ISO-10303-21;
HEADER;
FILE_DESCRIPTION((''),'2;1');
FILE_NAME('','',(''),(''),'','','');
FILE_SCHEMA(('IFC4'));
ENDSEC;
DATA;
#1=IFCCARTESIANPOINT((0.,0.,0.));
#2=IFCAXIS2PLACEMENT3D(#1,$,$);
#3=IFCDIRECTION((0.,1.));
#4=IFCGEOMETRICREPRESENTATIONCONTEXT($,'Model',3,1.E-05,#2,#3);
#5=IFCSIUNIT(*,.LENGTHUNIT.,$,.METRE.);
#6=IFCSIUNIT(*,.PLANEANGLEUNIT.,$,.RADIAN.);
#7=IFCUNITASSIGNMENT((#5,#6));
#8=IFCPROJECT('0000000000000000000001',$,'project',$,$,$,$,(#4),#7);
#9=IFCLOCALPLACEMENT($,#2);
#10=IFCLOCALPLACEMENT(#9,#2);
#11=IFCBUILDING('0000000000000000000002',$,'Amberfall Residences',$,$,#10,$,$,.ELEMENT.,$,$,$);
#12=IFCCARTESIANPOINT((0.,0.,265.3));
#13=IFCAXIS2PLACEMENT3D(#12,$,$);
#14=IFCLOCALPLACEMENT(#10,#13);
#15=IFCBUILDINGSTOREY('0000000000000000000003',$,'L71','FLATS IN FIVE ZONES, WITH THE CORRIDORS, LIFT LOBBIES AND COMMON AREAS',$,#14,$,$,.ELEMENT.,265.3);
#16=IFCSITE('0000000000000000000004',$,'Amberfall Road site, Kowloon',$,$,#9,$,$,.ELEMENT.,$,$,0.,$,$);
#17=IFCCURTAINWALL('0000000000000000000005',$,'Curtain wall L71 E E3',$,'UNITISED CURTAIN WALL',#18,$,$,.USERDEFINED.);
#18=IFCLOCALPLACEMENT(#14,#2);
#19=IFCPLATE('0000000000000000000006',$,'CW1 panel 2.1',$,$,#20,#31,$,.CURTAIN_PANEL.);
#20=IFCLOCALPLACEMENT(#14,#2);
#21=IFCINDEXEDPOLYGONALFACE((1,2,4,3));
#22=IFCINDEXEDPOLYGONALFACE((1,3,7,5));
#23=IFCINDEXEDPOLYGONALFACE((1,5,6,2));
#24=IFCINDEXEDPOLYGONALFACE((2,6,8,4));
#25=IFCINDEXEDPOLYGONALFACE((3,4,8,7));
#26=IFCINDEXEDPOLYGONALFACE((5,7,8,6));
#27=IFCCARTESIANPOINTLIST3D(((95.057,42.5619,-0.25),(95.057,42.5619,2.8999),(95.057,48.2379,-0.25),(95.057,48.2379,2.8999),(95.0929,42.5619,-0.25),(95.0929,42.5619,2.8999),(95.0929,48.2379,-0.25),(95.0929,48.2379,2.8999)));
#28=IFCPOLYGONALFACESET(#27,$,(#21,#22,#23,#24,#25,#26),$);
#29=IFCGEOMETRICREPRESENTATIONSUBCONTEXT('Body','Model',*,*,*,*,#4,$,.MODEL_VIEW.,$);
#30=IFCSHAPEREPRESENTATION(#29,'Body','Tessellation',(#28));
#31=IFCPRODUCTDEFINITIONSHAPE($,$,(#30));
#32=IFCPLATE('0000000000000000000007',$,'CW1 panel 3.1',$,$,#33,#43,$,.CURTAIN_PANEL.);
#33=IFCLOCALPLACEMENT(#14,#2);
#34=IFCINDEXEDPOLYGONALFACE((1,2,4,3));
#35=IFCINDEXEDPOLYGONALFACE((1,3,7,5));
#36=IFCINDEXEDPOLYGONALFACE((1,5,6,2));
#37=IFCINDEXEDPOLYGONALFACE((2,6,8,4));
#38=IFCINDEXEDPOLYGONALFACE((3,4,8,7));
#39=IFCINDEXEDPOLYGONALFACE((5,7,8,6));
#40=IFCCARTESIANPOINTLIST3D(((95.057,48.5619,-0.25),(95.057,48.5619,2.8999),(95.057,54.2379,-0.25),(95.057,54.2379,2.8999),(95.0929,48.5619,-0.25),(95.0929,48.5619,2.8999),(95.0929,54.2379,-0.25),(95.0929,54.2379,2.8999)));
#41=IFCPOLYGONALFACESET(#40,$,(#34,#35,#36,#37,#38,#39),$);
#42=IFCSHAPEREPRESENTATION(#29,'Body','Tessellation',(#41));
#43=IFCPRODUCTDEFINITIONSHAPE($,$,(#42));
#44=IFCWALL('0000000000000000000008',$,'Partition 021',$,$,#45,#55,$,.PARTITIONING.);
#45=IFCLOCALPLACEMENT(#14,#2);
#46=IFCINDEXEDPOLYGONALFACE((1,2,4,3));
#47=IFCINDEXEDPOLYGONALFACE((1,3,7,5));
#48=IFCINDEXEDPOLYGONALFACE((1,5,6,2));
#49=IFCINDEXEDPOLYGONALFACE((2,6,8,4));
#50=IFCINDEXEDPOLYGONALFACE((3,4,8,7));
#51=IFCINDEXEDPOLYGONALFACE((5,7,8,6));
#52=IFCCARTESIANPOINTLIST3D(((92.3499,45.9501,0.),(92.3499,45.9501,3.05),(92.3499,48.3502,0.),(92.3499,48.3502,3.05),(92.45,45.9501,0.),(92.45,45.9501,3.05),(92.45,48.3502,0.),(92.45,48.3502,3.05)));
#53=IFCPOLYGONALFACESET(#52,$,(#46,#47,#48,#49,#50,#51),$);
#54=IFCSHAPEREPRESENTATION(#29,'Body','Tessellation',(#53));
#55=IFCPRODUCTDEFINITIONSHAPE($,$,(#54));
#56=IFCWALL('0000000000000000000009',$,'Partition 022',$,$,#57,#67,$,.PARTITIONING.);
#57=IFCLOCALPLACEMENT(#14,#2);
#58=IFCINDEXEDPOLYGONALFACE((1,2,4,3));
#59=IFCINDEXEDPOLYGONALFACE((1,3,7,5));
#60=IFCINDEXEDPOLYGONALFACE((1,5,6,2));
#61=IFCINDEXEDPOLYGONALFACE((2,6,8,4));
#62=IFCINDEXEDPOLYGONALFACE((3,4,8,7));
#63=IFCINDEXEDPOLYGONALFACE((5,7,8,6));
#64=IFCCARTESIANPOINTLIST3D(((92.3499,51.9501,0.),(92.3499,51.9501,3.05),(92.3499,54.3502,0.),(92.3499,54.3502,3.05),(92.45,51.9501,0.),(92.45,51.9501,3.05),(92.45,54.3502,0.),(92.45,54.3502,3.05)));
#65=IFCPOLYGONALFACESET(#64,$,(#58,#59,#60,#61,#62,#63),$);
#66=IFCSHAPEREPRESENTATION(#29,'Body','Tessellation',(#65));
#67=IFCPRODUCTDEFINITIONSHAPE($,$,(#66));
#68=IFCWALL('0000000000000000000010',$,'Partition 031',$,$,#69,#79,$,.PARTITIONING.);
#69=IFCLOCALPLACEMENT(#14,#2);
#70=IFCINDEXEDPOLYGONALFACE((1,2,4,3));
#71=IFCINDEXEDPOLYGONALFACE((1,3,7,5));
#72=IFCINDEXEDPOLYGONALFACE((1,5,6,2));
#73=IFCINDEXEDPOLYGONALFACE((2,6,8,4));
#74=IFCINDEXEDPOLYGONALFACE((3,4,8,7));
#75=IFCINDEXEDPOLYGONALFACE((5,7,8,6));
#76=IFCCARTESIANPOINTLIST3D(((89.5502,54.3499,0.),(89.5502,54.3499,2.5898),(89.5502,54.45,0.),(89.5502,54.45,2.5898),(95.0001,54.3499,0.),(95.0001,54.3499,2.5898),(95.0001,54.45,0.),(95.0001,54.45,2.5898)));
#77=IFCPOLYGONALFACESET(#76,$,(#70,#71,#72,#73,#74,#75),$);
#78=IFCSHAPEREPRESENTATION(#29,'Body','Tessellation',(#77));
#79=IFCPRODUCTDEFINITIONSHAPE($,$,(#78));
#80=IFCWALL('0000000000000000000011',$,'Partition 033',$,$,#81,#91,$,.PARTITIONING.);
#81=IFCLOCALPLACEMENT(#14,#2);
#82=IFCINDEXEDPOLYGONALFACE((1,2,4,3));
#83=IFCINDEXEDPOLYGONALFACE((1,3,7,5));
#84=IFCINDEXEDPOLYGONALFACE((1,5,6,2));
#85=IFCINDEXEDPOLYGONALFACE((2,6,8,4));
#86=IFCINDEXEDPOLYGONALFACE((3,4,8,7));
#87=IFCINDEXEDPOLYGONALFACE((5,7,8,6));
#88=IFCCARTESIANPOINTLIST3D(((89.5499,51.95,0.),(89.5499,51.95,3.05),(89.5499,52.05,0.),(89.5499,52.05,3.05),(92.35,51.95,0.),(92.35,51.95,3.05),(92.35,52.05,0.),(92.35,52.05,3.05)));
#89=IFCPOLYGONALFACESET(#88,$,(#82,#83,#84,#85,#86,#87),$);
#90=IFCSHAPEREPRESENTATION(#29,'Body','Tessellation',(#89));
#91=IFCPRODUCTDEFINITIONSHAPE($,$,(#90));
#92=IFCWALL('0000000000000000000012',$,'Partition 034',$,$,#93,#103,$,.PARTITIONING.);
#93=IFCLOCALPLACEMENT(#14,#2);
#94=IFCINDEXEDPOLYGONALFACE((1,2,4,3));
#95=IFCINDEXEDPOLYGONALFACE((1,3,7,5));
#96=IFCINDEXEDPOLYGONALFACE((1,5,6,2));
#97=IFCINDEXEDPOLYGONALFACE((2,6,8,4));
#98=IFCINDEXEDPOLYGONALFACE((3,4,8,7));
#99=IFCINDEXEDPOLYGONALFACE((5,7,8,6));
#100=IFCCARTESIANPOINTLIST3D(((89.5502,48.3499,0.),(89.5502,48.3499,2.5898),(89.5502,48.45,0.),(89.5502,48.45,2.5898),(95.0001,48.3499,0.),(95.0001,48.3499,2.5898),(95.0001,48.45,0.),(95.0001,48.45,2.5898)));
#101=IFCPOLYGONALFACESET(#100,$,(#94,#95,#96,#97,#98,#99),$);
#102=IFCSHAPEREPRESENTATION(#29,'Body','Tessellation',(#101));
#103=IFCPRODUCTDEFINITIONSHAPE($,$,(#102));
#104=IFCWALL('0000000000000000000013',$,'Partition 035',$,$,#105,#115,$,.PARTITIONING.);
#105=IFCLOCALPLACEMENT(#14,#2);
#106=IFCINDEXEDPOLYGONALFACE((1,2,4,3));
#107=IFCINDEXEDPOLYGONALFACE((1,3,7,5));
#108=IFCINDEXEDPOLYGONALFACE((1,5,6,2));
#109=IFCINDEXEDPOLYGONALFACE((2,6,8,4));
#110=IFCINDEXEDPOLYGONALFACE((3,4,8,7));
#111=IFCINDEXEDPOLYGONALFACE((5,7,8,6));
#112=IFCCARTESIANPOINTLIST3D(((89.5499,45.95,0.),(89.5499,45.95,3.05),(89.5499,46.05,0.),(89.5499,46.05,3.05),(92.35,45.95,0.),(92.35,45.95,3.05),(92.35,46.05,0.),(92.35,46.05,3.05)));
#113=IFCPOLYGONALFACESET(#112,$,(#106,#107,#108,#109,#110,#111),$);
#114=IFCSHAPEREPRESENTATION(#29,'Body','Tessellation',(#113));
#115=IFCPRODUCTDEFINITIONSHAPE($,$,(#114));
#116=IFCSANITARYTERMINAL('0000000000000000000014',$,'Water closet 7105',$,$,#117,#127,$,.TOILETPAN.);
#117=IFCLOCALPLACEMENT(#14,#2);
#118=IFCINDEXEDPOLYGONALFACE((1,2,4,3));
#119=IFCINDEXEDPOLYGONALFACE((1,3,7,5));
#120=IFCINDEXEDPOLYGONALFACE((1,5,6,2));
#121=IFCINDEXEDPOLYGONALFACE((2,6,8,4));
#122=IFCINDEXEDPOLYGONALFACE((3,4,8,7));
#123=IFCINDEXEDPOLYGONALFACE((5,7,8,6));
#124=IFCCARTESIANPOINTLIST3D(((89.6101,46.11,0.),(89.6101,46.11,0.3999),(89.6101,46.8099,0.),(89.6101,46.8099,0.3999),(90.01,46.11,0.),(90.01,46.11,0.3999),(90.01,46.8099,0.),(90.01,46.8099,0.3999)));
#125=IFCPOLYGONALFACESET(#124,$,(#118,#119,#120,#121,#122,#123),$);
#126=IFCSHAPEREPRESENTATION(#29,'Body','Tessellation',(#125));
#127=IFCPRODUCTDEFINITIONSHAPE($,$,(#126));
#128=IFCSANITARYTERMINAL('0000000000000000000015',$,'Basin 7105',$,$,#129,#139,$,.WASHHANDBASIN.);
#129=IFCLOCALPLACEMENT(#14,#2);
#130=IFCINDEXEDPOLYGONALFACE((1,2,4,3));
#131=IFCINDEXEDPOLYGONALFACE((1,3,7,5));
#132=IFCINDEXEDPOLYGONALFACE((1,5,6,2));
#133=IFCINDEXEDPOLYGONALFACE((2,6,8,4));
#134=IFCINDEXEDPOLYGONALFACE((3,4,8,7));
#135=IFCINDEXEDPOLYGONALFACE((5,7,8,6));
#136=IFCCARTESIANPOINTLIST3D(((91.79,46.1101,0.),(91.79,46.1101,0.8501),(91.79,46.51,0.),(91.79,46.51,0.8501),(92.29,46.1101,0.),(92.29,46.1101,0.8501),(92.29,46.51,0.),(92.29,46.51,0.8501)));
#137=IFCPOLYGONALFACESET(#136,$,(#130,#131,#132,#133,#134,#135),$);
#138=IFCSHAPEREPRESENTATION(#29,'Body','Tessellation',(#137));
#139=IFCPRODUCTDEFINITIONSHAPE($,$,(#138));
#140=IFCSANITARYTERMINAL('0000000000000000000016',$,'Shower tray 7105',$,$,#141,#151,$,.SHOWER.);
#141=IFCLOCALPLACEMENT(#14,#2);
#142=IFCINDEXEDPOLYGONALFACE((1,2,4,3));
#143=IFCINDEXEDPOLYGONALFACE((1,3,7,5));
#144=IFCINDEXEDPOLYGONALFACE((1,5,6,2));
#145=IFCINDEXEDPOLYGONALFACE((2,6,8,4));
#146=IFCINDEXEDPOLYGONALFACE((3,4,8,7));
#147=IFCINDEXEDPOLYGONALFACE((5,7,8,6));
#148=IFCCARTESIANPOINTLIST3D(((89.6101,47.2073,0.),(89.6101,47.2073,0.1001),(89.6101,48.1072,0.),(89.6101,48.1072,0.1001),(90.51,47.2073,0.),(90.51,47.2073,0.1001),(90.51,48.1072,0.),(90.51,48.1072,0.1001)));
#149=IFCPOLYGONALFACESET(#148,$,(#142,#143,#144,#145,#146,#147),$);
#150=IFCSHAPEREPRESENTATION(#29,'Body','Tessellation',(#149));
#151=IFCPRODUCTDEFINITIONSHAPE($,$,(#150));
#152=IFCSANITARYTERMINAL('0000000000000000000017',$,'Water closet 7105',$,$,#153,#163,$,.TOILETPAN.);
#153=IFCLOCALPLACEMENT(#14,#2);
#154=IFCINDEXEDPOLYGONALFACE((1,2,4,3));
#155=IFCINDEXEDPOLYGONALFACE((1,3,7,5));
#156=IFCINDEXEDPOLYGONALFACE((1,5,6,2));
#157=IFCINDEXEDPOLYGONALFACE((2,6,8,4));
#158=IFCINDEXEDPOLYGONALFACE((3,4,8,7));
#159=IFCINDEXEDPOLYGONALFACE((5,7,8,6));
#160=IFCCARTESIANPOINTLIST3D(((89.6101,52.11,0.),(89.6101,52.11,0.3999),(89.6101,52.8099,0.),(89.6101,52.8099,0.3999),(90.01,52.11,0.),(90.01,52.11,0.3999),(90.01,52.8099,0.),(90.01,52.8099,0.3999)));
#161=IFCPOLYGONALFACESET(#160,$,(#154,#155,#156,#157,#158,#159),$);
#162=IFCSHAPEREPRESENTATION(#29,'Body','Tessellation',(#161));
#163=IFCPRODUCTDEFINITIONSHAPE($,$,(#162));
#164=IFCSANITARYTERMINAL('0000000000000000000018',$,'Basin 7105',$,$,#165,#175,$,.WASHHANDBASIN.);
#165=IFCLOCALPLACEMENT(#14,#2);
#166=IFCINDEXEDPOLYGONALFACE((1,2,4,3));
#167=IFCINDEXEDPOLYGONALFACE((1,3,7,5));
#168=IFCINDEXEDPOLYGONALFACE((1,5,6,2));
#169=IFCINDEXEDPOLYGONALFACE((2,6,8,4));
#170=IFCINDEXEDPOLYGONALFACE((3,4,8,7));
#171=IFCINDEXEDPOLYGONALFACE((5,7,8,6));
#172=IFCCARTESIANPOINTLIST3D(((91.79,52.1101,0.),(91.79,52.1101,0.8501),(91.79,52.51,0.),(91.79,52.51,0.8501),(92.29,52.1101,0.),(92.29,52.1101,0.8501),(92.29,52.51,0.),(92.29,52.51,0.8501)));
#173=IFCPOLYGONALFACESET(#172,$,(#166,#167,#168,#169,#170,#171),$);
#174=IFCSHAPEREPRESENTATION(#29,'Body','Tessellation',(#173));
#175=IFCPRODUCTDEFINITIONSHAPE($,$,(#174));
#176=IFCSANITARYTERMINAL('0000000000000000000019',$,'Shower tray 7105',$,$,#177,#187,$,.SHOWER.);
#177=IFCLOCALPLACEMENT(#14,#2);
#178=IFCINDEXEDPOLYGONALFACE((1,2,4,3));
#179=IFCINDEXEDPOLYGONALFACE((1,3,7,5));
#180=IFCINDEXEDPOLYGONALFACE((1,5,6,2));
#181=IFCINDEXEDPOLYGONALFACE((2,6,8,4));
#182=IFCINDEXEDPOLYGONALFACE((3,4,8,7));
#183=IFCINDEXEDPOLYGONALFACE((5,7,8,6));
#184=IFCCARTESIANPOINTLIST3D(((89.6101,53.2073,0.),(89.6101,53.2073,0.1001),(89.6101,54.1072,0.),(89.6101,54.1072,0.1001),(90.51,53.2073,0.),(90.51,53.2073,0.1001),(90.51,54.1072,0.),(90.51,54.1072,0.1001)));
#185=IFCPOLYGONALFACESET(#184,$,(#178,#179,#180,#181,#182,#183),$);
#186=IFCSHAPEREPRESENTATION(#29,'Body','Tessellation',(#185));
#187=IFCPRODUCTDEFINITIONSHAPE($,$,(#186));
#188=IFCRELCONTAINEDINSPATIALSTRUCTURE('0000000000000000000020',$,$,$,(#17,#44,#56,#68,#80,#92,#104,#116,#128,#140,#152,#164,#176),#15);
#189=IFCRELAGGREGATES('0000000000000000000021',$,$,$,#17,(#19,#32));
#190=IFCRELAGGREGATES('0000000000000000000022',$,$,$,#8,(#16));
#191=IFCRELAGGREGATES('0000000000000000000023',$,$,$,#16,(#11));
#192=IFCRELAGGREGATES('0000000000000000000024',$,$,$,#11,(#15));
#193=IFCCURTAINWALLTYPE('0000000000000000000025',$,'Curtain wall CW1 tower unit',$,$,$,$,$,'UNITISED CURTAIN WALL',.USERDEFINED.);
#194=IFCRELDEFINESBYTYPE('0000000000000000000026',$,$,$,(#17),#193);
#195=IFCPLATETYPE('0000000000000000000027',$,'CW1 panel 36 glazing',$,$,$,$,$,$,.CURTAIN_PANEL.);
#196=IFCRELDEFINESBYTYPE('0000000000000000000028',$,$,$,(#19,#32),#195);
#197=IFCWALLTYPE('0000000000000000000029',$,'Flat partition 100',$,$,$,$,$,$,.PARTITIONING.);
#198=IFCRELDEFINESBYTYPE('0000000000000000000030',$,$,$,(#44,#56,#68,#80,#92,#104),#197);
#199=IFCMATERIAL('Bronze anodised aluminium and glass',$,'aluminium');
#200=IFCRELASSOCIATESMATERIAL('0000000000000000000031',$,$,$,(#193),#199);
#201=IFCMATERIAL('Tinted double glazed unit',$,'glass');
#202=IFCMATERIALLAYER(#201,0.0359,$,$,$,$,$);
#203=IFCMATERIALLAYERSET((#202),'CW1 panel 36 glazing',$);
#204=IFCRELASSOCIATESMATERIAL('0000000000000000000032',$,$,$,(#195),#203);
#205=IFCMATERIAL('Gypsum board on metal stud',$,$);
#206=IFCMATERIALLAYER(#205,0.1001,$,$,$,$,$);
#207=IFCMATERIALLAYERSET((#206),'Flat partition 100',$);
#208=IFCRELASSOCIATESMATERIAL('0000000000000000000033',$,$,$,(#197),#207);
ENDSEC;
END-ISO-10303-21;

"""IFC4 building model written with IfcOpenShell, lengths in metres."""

from ifc_helpers import new_model, si_unit, direction, frame, frame_2d, origin, origin_2d, place, context, subcontext, project, spatial, rectangle, extrude, material, layer, layer_set, type_object, element, aggregate, save


model = new_model("IFC4")

# Units and contexts
model_context = context("Model", 3, precision=1e-05, world=origin(), true_north=direction((0.0, 1.0)))
body_context = subcontext(model_context, "Body", "Model", "MODEL_VIEW")
ifc_project = project(units=[si_unit("LENGTHUNIT", "METRE"), si_unit("PLANEANGLEUNIT", "RADIAN")], contexts=[model_context])

# Site, building, storey
site_placement = place(None, origin())
site = spatial("IfcSite", under=ifc_project, at=site_placement, Name="Amberfall Road site, Kowloon", CompositionType="ELEMENT", RefElevation=0.0)
building_placement = place(site_placement, origin())
building = spatial("IfcBuilding", under=site, at=building_placement, Name="Amberfall Residences", CompositionType="ELEMENT")
storey_placement = place(building_placement, frame((0.0, 0.0, 265.3)))
storey = spatial("IfcBuildingStorey", under=building, at=storey_placement, Name="L71", Description="FLATS IN FIVE ZONES, WITH THE CORRIDORS, LIFT LOBBIES AND COMMON AREAS", CompositionType="ELEMENT", Elevation=265.3)

# Curtain wall
ifc_material_1 = material(Name="Bronze anodised aluminium and glass", Category="aluminium")
curtain_wall_type = type_object("IfcCurtainWallType", Name="Curtain wall CW1 tower unit", ElementType="UNITISED CURTAIN WALL", PredefinedType="USERDEFINED", material=ifc_material_1)
curtain_wall_placement = place(storey_placement, origin())
curtain_wall = element("IfcCurtainWall", 1, at=curtain_wall_placement, inside=storey, type_object=curtain_wall_type, Name="Curtain wall L71 E E3", ObjectType="UNITISED CURTAIN WALL", PredefinedType="USERDEFINED")

# Plates
ifc_material_2 = material(Name="Tinted double glazed unit", Category="glass")
ifc_layer_1 = layer(ifc_material_2, 0.0359)
ifc_layer_set_1 = layer_set([ifc_layer_1], Name="CW1 panel 36 glazing")
plate_type = type_object("IfcPlateType", Name="CW1 panel 36 glazing", PredefinedType="CURTAIN_PANEL", material=ifc_layer_set_1)
plate_1_placement = place(storey_placement, frame((95.075, 45.3999, -0.25), z_axis=(0.0, 0.0, 1.0), x_axis=(0.0, 1.0, 0.0)))
plate_1 = element("IfcPlate", 2, at=plate_1_placement, type_object=plate_type, Name="CW1 panel 2.1", PredefinedType="CURTAIN_PANEL", context=body_context, shape_type="SweptSolid", body=[
    extrude(rectangle(XDim=5.676, YDim=0.0359, at=origin_2d()), origin(), (0.0, 0.0, 1.0), 3.1499),
])
plate_2_placement = place(storey_placement, frame((95.075, 51.3999, -0.25), z_axis=(0.0, 0.0, 1.0), x_axis=(0.0, 1.0, 0.0)))
plate_2 = element("IfcPlate", 3, at=plate_2_placement, type_object=plate_type, Name="CW1 panel 3.1", PredefinedType="CURTAIN_PANEL", context=body_context, shape_type="SweptSolid", body=[
    extrude(rectangle(XDim=5.676, YDim=0.0359, at=origin_2d()), origin(), (0.0, 0.0, 1.0), 3.1499),
])
aggregate(curtain_wall, [plate_1, plate_2])

# Walls
ifc_material_3 = material(Name="Gypsum board on metal stud")
ifc_layer_2 = layer(ifc_material_3, 0.1001)
ifc_layer_set_2 = layer_set([ifc_layer_2], Name="Flat partition 100")
wall_type = type_object("IfcWallType", Name="Flat partition 100", PredefinedType="PARTITIONING", material=ifc_layer_set_2)
for number, where, z_axis, x_axis, name in (
    (4, (92.3999, 45.95, 0.0), (0.0, 0.0, 1.0), (0.0, 1.0, 0.0), "Partition 021"),
    (5, (92.3999, 51.95, 0.0), (0.0, 0.0, 1.0), (0.0, 1.0, 0.0), "Partition 022"),
):
    element("IfcWall", number, at=place(storey_placement, frame(where, z_axis=z_axis, x_axis=x_axis)), inside=storey, type_object=wall_type, Name=name, PredefinedType="PARTITIONING", context=body_context, shape_type="SweptSolid", body=[
        extrude(rectangle(XDim=2.4001, YDim=0.1001, at=frame_2d((1.2002, 0.0))), origin(), (0.0, 0.0, 1.0), 3.05),
    ])
wall_1_placement = place(storey_placement, frame((89.55, 54.3999, 0.0), z_axis=(0.0, 0.0, 1.0), x_axis=(1.0, 0.0, 0.0)))
element("IfcWall", 6, at=wall_1_placement, inside=storey, type_object=wall_type, Name="Partition 031", PredefinedType="PARTITIONING", context=body_context, shape_type="SweptSolid", body=[
    extrude(rectangle(XDim=5.45, YDim=0.1001, at=frame_2d((2.7251, 0.0))), origin(), (0.0, 0.0, 1.0), 2.5898),
])
wall_2_placement = place(storey_placement, frame((89.55, 52.0, 0.0), z_axis=(0.0, 0.0, 1.0), x_axis=(1.0, 0.0, 0.0)))
element("IfcWall", 7, at=wall_2_placement, inside=storey, type_object=wall_type, Name="Partition 033", PredefinedType="PARTITIONING", context=body_context, shape_type="SweptSolid", body=[
    extrude(rectangle(XDim=2.8, YDim=0.1001, at=frame_2d((1.3999, 0.0))), origin(), (0.0, 0.0, 1.0), 3.05),
])
wall_3_placement = place(storey_placement, frame((89.55, 48.3999, 0.0), z_axis=(0.0, 0.0, 1.0), x_axis=(1.0, 0.0, 0.0)))
element("IfcWall", 8, at=wall_3_placement, inside=storey, type_object=wall_type, Name="Partition 034", PredefinedType="PARTITIONING", context=body_context, shape_type="SweptSolid", body=[
    extrude(rectangle(XDim=5.45, YDim=0.1001, at=frame_2d((2.7251, 0.0))), origin(), (0.0, 0.0, 1.0), 2.5898),
])
wall_4_placement = place(storey_placement, frame((89.55, 46.0, 0.0), z_axis=(0.0, 0.0, 1.0), x_axis=(1.0, 0.0, 0.0)))
element("IfcWall", 9, at=wall_4_placement, inside=storey, type_object=wall_type, Name="Partition 035", PredefinedType="PARTITIONING", context=body_context, shape_type="SweptSolid", body=[
    extrude(rectangle(XDim=2.8, YDim=0.1001, at=frame_2d((1.3999, 0.0))), origin(), (0.0, 0.0, 1.0), 3.05),
])

# Sanitary terminals
sanitary_terminal_1_placement = place(storey_placement, frame((89.8101, 46.46, 0.0), z_axis=(0.0, 0.0, 1.0), x_axis=(1.0, 0.0, 0.0)))
element("IfcSanitaryTerminal", 10, at=sanitary_terminal_1_placement, inside=storey, Name="Water closet 7105", PredefinedType="TOILETPAN", context=body_context, shape_type="SweptSolid", body=[
    extrude(rectangle(XDim=0.3999, YDim=0.7, at=origin_2d()), origin(), (0.0, 0.0, 1.0), 0.3999),
])
sanitary_terminal_2_placement = place(storey_placement, frame((92.04, 46.3101, 0.0), z_axis=(0.0, 0.0, 1.0), x_axis=(1.0, 0.0, 0.0)))
element("IfcSanitaryTerminal", 11, at=sanitary_terminal_2_placement, inside=storey, Name="Basin 7105", PredefinedType="WASHHANDBASIN", context=body_context, shape_type="SweptSolid", body=[
    extrude(rectangle(XDim=0.5, YDim=0.3999, at=origin_2d()), origin(), (0.0, 0.0, 1.0), 0.8501),
])
sanitary_terminal_3_placement = place(storey_placement, frame((90.0601, 47.6572, 0.0), z_axis=(0.0, 0.0, 1.0), x_axis=(1.0, 0.0, 0.0)))
element("IfcSanitaryTerminal", 12, at=sanitary_terminal_3_placement, inside=storey, Name="Shower tray 7105", PredefinedType="SHOWER", context=body_context, shape_type="SweptSolid", body=[
    extrude(rectangle(XDim=0.8999, YDim=0.8999, at=origin_2d()), origin(), (0.0, 0.0, 1.0), 0.1001),
])
sanitary_terminal_4_placement = place(storey_placement, frame((89.8101, 52.46, 0.0), z_axis=(0.0, 0.0, 1.0), x_axis=(1.0, 0.0, 0.0)))
element("IfcSanitaryTerminal", 13, at=sanitary_terminal_4_placement, inside=storey, Name="Water closet 7105", PredefinedType="TOILETPAN", context=body_context, shape_type="SweptSolid", body=[
    extrude(rectangle(XDim=0.3999, YDim=0.7, at=origin_2d()), origin(), (0.0, 0.0, 1.0), 0.3999),
])
sanitary_terminal_5_placement = place(storey_placement, frame((92.04, 52.3101, 0.0), z_axis=(0.0, 0.0, 1.0), x_axis=(1.0, 0.0, 0.0)))
element("IfcSanitaryTerminal", 14, at=sanitary_terminal_5_placement, inside=storey, Name="Basin 7105", PredefinedType="WASHHANDBASIN", context=body_context, shape_type="SweptSolid", body=[
    extrude(rectangle(XDim=0.5, YDim=0.3999, at=origin_2d()), origin(), (0.0, 0.0, 1.0), 0.8501),
])
sanitary_terminal_6_placement = place(storey_placement, frame((90.0601, 53.6572, 0.0), z_axis=(0.0, 0.0, 1.0), x_axis=(1.0, 0.0, 0.0)))
element("IfcSanitaryTerminal", 15, at=sanitary_terminal_6_placement, inside=storey, Name="Shower tray 7105", PredefinedType="SHOWER", context=body_context, shape_type="SweptSolid", body=[
    extrude(rectangle(XDim=0.8999, YDim=0.8999, at=origin_2d()), origin(), (0.0, 0.0, 1.0), 0.1001),
])

save(model, "model.ifc")
